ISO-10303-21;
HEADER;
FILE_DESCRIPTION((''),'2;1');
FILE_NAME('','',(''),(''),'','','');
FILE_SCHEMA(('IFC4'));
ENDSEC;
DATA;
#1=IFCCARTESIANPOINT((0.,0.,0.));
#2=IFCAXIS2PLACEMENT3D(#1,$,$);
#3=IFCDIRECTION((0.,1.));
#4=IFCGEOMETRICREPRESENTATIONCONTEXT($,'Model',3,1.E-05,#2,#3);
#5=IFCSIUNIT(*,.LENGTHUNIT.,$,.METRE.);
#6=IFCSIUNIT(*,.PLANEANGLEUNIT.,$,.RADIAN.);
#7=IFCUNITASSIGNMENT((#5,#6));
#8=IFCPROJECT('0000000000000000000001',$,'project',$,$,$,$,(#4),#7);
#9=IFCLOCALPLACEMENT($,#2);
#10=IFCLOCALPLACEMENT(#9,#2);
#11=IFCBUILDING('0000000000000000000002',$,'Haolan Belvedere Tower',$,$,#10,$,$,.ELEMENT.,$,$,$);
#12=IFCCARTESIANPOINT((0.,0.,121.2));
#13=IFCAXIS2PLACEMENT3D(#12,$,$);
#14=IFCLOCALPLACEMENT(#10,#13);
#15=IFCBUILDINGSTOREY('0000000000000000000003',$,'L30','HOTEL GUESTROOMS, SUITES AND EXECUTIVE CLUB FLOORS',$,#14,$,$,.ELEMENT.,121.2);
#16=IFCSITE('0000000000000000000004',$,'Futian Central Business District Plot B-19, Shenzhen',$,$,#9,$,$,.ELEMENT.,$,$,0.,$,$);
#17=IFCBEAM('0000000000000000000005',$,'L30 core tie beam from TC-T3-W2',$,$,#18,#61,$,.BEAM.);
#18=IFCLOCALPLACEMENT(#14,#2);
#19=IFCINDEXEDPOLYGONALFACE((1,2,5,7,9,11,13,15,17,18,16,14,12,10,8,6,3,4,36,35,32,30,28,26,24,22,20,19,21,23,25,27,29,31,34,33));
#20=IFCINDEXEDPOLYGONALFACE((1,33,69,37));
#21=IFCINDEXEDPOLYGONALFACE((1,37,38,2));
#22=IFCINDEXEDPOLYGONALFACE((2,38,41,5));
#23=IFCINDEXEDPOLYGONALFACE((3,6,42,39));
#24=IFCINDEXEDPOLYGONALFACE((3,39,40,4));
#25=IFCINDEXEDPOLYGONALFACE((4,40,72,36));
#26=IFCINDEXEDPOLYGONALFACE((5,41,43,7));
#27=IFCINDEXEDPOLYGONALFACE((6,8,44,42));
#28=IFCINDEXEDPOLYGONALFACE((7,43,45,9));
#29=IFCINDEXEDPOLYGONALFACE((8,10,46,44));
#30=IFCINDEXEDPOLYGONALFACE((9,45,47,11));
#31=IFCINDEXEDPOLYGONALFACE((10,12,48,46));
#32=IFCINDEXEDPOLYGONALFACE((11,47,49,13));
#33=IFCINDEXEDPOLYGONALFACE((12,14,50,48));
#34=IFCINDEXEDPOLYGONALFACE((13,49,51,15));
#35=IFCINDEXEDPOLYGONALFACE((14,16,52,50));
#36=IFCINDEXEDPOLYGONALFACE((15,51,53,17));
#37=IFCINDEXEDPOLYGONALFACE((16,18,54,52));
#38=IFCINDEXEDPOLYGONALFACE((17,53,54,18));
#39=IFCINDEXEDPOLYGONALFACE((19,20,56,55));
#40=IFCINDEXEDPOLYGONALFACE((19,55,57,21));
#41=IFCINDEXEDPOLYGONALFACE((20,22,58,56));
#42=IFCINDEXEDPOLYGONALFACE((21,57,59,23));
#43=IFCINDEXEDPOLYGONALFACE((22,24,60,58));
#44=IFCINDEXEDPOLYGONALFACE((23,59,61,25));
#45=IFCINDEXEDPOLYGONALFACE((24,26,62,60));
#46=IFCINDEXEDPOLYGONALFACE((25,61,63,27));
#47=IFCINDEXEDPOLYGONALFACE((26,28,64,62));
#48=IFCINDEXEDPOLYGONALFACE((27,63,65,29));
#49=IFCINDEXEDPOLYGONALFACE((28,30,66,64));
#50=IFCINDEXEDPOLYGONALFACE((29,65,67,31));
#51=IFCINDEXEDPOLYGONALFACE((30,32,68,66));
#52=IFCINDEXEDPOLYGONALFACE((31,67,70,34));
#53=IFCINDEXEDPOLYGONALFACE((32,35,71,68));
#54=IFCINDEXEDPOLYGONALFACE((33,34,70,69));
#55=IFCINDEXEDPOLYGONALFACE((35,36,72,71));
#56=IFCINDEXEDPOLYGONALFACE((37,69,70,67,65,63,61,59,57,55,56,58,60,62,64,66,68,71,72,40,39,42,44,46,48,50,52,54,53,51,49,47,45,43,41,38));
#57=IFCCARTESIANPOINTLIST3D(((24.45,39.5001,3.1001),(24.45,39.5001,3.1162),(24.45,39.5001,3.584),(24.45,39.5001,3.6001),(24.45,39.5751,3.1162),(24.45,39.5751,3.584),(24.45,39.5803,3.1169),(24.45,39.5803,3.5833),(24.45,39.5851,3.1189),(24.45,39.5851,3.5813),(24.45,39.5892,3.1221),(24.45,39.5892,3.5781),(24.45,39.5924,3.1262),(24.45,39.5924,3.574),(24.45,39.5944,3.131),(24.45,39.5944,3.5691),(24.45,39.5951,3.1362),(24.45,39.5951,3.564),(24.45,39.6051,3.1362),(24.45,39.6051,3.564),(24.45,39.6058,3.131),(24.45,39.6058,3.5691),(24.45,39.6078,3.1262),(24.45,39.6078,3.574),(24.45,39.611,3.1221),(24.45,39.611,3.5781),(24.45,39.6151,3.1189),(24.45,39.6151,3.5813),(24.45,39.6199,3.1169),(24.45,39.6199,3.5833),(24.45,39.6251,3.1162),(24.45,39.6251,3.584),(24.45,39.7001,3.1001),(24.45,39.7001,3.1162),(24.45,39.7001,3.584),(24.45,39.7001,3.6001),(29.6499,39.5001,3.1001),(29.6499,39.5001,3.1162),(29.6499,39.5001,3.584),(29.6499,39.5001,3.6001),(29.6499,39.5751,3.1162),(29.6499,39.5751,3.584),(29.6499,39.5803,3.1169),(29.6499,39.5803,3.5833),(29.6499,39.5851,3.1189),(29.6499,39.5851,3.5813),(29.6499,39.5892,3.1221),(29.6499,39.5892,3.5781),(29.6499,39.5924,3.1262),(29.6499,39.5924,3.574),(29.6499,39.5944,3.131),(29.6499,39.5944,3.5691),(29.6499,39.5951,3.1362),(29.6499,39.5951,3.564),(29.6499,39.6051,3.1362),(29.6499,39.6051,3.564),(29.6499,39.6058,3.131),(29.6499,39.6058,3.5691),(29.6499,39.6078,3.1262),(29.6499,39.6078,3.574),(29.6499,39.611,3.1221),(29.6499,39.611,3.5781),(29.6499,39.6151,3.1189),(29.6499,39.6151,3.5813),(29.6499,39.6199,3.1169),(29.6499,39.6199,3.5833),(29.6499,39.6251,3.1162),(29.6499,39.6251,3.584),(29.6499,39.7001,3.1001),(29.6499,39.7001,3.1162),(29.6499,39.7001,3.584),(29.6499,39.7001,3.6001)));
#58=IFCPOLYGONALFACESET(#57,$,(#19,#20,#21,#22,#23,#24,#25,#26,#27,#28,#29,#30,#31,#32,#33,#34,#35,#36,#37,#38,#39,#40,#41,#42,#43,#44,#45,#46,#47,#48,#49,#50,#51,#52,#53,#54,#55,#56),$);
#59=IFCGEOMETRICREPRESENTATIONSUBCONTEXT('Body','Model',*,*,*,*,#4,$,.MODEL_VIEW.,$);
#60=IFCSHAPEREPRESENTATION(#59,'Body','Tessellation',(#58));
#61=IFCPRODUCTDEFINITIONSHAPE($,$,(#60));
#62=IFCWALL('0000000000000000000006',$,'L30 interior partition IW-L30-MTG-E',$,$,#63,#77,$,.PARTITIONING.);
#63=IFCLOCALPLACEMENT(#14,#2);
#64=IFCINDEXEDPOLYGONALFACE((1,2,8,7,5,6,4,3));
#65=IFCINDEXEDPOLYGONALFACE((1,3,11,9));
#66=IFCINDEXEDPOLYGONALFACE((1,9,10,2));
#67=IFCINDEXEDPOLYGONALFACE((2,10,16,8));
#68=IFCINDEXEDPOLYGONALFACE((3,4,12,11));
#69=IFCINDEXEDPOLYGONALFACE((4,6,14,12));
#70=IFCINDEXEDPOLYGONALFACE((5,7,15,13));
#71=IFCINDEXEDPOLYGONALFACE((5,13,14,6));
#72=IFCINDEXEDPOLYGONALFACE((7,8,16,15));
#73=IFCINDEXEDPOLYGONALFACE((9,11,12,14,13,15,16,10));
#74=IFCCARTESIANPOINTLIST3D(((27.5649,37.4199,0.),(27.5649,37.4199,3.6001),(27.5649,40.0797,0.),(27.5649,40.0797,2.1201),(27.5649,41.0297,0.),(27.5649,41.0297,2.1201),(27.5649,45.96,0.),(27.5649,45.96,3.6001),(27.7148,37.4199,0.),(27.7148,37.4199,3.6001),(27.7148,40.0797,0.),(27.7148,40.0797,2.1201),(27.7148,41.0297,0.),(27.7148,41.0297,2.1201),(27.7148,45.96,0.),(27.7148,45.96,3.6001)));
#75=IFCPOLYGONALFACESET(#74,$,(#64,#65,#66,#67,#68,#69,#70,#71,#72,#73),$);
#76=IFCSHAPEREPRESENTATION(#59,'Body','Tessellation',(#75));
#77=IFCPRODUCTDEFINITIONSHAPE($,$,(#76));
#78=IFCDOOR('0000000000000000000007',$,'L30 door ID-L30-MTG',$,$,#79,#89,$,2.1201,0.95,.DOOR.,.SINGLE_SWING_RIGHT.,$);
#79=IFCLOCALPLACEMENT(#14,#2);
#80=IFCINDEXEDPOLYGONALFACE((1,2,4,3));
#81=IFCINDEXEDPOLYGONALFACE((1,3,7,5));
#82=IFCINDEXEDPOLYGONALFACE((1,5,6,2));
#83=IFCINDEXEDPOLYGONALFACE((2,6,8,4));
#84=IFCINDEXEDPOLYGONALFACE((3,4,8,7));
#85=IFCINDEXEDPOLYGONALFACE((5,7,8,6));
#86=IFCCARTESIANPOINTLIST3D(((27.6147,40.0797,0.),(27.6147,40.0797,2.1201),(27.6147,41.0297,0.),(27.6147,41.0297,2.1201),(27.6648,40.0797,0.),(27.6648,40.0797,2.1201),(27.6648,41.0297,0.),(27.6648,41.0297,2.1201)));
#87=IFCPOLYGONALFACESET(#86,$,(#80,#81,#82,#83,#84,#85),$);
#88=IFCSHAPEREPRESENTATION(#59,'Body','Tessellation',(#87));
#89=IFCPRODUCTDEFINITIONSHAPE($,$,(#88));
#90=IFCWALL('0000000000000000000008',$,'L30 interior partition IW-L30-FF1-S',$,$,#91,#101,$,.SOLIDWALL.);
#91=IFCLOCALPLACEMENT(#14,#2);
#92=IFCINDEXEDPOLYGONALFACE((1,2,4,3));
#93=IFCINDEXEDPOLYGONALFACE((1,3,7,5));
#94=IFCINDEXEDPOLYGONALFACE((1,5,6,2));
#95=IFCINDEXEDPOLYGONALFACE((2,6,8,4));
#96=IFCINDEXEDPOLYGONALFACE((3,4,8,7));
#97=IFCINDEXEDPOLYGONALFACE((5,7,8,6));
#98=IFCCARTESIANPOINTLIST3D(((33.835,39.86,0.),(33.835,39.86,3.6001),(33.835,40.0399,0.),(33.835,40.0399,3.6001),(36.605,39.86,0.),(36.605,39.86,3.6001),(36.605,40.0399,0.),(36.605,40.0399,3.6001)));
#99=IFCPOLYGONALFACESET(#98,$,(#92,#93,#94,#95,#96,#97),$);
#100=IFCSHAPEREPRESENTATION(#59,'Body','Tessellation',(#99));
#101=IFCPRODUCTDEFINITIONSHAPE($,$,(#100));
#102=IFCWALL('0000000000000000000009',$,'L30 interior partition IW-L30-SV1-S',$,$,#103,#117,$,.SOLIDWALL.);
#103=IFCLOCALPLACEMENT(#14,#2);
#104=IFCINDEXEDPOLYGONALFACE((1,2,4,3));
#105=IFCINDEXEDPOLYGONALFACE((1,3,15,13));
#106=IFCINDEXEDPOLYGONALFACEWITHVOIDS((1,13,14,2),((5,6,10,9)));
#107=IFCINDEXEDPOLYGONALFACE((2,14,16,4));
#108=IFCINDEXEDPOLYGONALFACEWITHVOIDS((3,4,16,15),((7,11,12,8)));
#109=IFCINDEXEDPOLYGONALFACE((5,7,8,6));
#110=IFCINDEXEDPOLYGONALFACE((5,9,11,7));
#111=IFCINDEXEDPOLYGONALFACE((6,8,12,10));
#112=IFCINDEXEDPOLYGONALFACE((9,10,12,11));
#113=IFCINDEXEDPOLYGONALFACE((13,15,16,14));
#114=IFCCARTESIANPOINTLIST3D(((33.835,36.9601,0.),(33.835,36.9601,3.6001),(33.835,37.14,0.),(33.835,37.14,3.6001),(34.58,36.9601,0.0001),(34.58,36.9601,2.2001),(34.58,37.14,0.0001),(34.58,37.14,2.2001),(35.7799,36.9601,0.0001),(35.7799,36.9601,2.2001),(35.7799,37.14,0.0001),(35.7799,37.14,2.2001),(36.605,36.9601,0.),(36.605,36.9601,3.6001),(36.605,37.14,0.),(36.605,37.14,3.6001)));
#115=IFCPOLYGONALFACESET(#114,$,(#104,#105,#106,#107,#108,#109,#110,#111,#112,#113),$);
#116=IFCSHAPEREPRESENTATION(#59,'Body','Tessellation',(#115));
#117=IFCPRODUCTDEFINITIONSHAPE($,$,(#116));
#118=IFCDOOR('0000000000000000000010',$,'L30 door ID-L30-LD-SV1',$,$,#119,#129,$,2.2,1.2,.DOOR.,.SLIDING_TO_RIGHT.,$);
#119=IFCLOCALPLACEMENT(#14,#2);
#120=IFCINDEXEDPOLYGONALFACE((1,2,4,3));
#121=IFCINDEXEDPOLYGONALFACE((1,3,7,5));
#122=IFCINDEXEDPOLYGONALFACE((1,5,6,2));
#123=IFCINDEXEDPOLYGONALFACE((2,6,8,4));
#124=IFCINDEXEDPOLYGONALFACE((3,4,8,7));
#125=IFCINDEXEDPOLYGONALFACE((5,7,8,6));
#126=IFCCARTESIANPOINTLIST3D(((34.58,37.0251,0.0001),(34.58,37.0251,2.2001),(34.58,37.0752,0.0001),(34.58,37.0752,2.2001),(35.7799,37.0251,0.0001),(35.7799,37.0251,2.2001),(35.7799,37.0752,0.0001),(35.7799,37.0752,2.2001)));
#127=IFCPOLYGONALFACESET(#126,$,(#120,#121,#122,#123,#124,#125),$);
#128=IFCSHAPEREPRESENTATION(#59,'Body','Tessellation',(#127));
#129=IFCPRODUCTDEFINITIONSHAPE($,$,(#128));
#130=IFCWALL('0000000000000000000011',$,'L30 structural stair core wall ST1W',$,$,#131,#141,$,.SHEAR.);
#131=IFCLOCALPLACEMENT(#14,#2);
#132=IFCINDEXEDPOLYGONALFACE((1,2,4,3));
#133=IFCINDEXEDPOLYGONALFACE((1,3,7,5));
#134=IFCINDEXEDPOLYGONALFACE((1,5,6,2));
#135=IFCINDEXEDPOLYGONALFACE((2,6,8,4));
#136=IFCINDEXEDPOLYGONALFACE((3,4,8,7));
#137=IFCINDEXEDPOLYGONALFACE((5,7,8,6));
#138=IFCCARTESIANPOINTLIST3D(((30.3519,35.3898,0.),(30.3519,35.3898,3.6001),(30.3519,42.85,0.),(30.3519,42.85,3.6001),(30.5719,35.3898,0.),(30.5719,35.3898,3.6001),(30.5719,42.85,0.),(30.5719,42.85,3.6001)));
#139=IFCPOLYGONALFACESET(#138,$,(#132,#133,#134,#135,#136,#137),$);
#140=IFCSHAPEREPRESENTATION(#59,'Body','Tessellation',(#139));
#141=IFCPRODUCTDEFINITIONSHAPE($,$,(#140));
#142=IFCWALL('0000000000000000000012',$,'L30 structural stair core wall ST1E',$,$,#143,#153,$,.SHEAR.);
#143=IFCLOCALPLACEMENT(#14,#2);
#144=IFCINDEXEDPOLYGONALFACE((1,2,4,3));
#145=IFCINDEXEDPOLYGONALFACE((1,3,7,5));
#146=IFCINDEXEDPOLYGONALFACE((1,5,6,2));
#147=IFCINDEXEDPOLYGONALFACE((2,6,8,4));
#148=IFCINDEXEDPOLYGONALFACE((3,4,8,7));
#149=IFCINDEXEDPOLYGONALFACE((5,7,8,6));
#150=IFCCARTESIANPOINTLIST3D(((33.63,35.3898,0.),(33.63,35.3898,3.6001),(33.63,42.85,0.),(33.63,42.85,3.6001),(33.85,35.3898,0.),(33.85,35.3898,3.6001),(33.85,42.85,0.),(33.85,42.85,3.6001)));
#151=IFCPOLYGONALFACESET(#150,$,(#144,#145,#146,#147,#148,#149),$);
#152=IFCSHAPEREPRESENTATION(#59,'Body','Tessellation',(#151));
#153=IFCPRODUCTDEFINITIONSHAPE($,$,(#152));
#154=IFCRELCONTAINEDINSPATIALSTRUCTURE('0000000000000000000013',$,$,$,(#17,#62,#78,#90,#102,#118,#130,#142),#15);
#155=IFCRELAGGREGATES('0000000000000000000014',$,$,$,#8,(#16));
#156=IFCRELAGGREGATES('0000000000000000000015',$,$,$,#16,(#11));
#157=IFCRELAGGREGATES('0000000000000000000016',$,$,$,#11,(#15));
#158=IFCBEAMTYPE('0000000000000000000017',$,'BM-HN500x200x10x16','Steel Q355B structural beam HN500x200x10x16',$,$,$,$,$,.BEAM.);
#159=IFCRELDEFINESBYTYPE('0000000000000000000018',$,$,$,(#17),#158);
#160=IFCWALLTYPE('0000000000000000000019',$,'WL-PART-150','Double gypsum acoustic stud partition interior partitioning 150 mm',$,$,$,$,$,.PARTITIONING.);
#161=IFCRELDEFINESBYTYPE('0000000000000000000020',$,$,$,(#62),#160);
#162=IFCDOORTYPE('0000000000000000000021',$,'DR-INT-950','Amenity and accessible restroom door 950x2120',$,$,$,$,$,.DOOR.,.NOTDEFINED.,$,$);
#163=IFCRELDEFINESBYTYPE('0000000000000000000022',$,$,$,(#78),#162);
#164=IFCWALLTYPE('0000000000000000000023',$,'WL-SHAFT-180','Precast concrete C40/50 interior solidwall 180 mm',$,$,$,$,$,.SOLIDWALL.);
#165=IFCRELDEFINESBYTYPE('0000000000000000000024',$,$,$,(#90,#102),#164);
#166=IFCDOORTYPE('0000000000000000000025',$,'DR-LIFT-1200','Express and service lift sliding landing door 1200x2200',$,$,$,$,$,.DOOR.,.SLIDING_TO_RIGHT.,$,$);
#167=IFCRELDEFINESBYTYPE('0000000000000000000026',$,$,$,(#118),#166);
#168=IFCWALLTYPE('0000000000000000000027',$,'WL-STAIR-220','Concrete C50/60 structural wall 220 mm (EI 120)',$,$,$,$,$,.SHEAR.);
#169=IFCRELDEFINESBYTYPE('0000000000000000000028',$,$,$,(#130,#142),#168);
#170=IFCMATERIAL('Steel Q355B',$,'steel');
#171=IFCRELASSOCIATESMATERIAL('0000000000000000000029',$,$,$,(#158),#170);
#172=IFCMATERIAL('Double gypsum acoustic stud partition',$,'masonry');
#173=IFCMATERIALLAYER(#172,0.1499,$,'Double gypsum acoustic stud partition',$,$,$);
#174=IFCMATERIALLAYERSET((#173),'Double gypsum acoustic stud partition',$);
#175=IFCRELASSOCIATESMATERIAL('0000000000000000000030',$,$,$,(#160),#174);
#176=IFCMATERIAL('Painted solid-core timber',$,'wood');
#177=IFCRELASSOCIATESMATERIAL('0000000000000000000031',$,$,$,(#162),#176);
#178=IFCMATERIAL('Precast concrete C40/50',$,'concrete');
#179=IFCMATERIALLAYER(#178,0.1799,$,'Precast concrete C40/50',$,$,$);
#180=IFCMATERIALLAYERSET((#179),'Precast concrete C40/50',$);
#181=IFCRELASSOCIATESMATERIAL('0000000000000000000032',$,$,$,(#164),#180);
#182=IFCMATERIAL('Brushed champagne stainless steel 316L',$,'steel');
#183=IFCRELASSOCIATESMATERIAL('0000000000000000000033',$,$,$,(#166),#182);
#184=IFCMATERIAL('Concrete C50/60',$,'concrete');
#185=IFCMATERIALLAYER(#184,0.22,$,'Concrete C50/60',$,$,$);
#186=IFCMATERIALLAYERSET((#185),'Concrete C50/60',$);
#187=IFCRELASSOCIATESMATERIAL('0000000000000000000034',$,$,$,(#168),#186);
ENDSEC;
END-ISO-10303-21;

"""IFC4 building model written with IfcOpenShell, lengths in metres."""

from ifc_helpers import new_model, si_unit, direction, frame, frame_2d, origin, origin_2d, place, context, subcontext, project, spatial, rectangle, i_section, extrude, material, layer, layer_set, material_profile, profile_set, type_object, element, fill, save


model = new_model("IFC4")

# Units and contexts
model_context = context("Model", 3, precision=1e-05, world=origin(), true_north=direction((0.0, 1.0)))
body_context = subcontext(model_context, "Body", "Model", "MODEL_VIEW")
ifc_project = project(units=[si_unit("LENGTHUNIT", "METRE"), si_unit("PLANEANGLEUNIT", "RADIAN")], contexts=[model_context])

# Site, building, storey
site_placement = place(None, origin())
site = spatial("IfcSite", under=ifc_project, at=site_placement, Name="Futian Central Business District Plot B-19, Shenzhen", CompositionType="ELEMENT", RefElevation=0.0)
building_placement = place(site_placement, origin())
building = spatial("IfcBuilding", under=site, at=building_placement, Name="Haolan Belvedere Tower", CompositionType="ELEMENT")
storey_placement = place(building_placement, frame((0.0, 0.0, 121.2)))
storey = spatial("IfcBuildingStorey", under=building, at=storey_placement, Name="L30", Description="HOTEL GUESTROOMS, SUITES AND EXECUTIVE CLUB FLOORS", CompositionType="ELEMENT", Elevation=121.2)

# Beam
ifc_material_1 = material(Name="Steel Q355B", Category="steel")
ifc_material_profile = material_profile(ifc_material_1, i_section(OverallWidth=0.2, OverallDepth=0.5, WebThickness=0.01, FlangeThickness=0.0161, FilletRadius=0.02, at=origin_2d()), Name="Steel Q355B")
ifc_profile_set = profile_set([ifc_material_profile], Name="Steel Q355B")
beam_type = type_object("IfcBeamType", Name="BM-HN500x200x10x16", Description="Steel Q355B structural beam HN500x200x10x16", PredefinedType="BEAM", material=ifc_profile_set)
beam_placement = place(storey_placement, frame((24.45, 39.6001, 3.3501), z_axis=(1.0, 0.0, 0.0), x_axis=(0.0, 1.0, 0.0)))
element("IfcBeam", 1, at=beam_placement, inside=storey, type_object=beam_type, Name="L30 core tie beam from TC-T3-W2", PredefinedType="BEAM", context=body_context, shape_type="SweptSolid", body=[
    extrude(i_section(OverallWidth=0.2, OverallDepth=0.5, WebThickness=0.01, FlangeThickness=0.0161, FilletRadius=0.02, at=origin_2d()), origin(), (0.0, 0.0, 1.0), 5.2),
])

# Wall, opening, door
ifc_material_2 = material(Name="Double gypsum acoustic stud partition", Category="masonry")
ifc_layer_1 = layer(ifc_material_2, 0.1499, Name="Double gypsum acoustic stud partition")
ifc_layer_set_1 = layer_set([ifc_layer_1], Name="Double gypsum acoustic stud partition")
wall_type_1 = type_object("IfcWallType", Name="WL-PART-150", Description="Double gypsum acoustic stud partition interior partitioning 150 mm", PredefinedType="PARTITIONING", material=ifc_layer_set_1)
wall_1_placement = place(storey_placement, frame((27.6399, 37.4199, 0.0), z_axis=(0.0, 0.0, 1.0), x_axis=(0.0, 1.0, 0.0)))
wall_1 = element("IfcWall", 2, at=wall_1_placement, inside=storey, type_object=wall_type_1, Name="L30 interior partition IW-L30-MTG-E", PredefinedType="PARTITIONING", context=body_context, shape_type="SweptSolid", body=[
    extrude(rectangle(XDim=8.54, YDim=0.1499, at=frame_2d((4.27, 0.0))), origin(), (0.0, 0.0, 1.0), 3.6001),
])
opening_1_placement = place(wall_1_placement, frame((3.6099, 0.0, 0.0), z_axis=(0.0, 0.0, 1.0), x_axis=(-1.0, 0.0, 0.0)))
opening_1 = element("IfcOpeningElement", 3, at=opening_1_placement, cuts=wall_1, PredefinedType="OPENING", context=body_context, shape_type="SweptSolid", body=[
    extrude(rectangle(XDim=0.95, YDim=2.1201, at=frame_2d((0.4751, 1.0601))), frame((0.0, 0.085, 0.0), z_axis=(0.0, -1.0, 0.0), x_axis=(1.0, 0.0, 0.0)), (0.0, 0.0, 1.0), 0.1699),
])
ifc_material_3 = material(Name="Painted solid-core timber", Category="wood")
door_type_1 = type_object("IfcDoorType", Name="DR-INT-950", Description="Amenity and accessible restroom door 950x2120", OperationType="NOTDEFINED", PredefinedType="DOOR", material=ifc_material_3)
door_1_placement = place(opening_1_placement, origin())
door_1 = element("IfcDoor", 4, at=door_1_placement, inside=storey, type_object=door_type_1, Name="L30 door ID-L30-MTG", OperationType="SINGLE_SWING_RIGHT", OverallHeight=2.1201, OverallWidth=0.95, PredefinedType="DOOR", context=body_context, shape_type="SweptSolid", body=[
    extrude(rectangle(XDim=0.95, YDim=2.1201, at=frame_2d((0.4751, 1.0601))), frame((0.0, 0.0249, 0.0), z_axis=(0.0, -1.0, 0.0), x_axis=(1.0, 0.0, 0.0)), (0.0, 0.0, 1.0), 0.05),
])
fill(opening_1, door_1)

# Wall
ifc_material_4 = material(Name="Precast concrete C40/50", Category="concrete")
ifc_layer_2 = layer(ifc_material_4, 0.1799, Name="Precast concrete C40/50")
ifc_layer_set_2 = layer_set([ifc_layer_2], Name="Precast concrete C40/50")
wall_type_2 = type_object("IfcWallType", Name="WL-SHAFT-180", Description="Precast concrete C40/50 interior solidwall 180 mm", PredefinedType="SOLIDWALL", material=ifc_layer_set_2)
wall_2_placement = place(storey_placement, frame((33.835, 39.95, 0.0), z_axis=(0.0, 0.0, 1.0), x_axis=(1.0, 0.0, 0.0)))
element("IfcWall", 5, at=wall_2_placement, inside=storey, type_object=wall_type_2, Name="L30 interior partition IW-L30-FF1-S", PredefinedType="SOLIDWALL", context=body_context, shape_type="SweptSolid", body=[
    extrude(rectangle(XDim=2.77, YDim=0.1799, at=frame_2d((1.385, 0.0))), origin(), (0.0, 0.0, 1.0), 3.6001),
])

# Wall, opening, door
wall_3_placement = place(storey_placement, frame((33.835, 37.05, 0.0), z_axis=(0.0, 0.0, 1.0), x_axis=(1.0, 0.0, 0.0)))
wall_3 = element("IfcWall", 6, at=wall_3_placement, inside=storey, type_object=wall_type_2, Name="L30 interior partition IW-L30-SV1-S", PredefinedType="SOLIDWALL", context=body_context, shape_type="SweptSolid", body=[
    extrude(rectangle(XDim=2.77, YDim=0.1799, at=frame_2d((1.385, 0.0))), origin(), (0.0, 0.0, 1.0), 3.6001),
])
opening_2_placement = place(wall_3_placement, frame((1.9451, 0.0, 0.0), z_axis=(0.0, 0.0, 1.0), x_axis=(-1.0, 0.0, 0.0)))
opening_2 = element("IfcOpeningElement", 7, at=opening_2_placement, cuts=wall_3, PredefinedType="OPENING", context=body_context, shape_type="SweptSolid", body=[
    extrude(rectangle(XDim=1.2, YDim=2.2, at=frame_2d((0.6001, 1.1001))), frame((0.0, 0.0999, 0.0), z_axis=(0.0, -1.0, 0.0), x_axis=(1.0, 0.0, 0.0)), (0.0, 0.0, 1.0), 0.2),
])
ifc_material_5 = material(Name="Brushed champagne stainless steel 316L", Category="steel")
door_type_2 = type_object("IfcDoorType", Name="DR-LIFT-1200", Description="Express and service lift sliding landing door 1200x2200", OperationType="SLIDING_TO_RIGHT", PredefinedType="DOOR", material=ifc_material_5)
door_2_placement = place(opening_2_placement, origin())
door_2 = element("IfcDoor", 8, at=door_2_placement, inside=storey, type_object=door_type_2, Name="L30 door ID-L30-LD-SV1", OperationType="SLIDING_TO_RIGHT", OverallHeight=2.2, OverallWidth=1.2, PredefinedType="DOOR", context=body_context, shape_type="SweptSolid", body=[
    extrude(rectangle(XDim=1.2, YDim=2.2, at=frame_2d((0.6001, 1.1001))), frame((0.0, 0.0249, 0.0), z_axis=(0.0, -1.0, 0.0), x_axis=(1.0, 0.0, 0.0)), (0.0, 0.0, 1.0), 0.05),
])
fill(opening_2, door_2)

# Walls
ifc_material_6 = material(Name="Concrete C50/60", Category="concrete")
ifc_layer_3 = layer(ifc_material_6, 0.22, Name="Concrete C50/60")
ifc_layer_set_3 = layer_set([ifc_layer_3], Name="Concrete C50/60")
wall_type_3 = type_object("IfcWallType", Name="WL-STAIR-220", Description="Concrete C50/60 structural wall 220 mm (EI 120)", PredefinedType="SHEAR", material=ifc_layer_set_3)
for number, where, z_axis, x_axis, name in (
    (9, (30.4619, 35.3899, 0.0), (0.0, 0.0, 1.0), (0.0, 1.0, 0.0), "L30 structural stair core wall ST1W"),
    (10, (33.74, 35.3899, 0.0), (0.0, 0.0, 1.0), (0.0, 1.0, 0.0), "L30 structural stair core wall ST1E"),
):
    element("IfcWall", number, at=place(storey_placement, frame(where, z_axis=z_axis, x_axis=x_axis)), inside=storey, type_object=wall_type_3, Name=name, PredefinedType="SHEAR", context=body_context, shape_type="SweptSolid", body=[
        extrude(rectangle(XDim=7.4602, YDim=0.22, at=frame_2d((3.73, 0.0))), origin(), (0.0, 0.0, 1.0), 3.6001),
    ])

save(model, "model.ifc")
